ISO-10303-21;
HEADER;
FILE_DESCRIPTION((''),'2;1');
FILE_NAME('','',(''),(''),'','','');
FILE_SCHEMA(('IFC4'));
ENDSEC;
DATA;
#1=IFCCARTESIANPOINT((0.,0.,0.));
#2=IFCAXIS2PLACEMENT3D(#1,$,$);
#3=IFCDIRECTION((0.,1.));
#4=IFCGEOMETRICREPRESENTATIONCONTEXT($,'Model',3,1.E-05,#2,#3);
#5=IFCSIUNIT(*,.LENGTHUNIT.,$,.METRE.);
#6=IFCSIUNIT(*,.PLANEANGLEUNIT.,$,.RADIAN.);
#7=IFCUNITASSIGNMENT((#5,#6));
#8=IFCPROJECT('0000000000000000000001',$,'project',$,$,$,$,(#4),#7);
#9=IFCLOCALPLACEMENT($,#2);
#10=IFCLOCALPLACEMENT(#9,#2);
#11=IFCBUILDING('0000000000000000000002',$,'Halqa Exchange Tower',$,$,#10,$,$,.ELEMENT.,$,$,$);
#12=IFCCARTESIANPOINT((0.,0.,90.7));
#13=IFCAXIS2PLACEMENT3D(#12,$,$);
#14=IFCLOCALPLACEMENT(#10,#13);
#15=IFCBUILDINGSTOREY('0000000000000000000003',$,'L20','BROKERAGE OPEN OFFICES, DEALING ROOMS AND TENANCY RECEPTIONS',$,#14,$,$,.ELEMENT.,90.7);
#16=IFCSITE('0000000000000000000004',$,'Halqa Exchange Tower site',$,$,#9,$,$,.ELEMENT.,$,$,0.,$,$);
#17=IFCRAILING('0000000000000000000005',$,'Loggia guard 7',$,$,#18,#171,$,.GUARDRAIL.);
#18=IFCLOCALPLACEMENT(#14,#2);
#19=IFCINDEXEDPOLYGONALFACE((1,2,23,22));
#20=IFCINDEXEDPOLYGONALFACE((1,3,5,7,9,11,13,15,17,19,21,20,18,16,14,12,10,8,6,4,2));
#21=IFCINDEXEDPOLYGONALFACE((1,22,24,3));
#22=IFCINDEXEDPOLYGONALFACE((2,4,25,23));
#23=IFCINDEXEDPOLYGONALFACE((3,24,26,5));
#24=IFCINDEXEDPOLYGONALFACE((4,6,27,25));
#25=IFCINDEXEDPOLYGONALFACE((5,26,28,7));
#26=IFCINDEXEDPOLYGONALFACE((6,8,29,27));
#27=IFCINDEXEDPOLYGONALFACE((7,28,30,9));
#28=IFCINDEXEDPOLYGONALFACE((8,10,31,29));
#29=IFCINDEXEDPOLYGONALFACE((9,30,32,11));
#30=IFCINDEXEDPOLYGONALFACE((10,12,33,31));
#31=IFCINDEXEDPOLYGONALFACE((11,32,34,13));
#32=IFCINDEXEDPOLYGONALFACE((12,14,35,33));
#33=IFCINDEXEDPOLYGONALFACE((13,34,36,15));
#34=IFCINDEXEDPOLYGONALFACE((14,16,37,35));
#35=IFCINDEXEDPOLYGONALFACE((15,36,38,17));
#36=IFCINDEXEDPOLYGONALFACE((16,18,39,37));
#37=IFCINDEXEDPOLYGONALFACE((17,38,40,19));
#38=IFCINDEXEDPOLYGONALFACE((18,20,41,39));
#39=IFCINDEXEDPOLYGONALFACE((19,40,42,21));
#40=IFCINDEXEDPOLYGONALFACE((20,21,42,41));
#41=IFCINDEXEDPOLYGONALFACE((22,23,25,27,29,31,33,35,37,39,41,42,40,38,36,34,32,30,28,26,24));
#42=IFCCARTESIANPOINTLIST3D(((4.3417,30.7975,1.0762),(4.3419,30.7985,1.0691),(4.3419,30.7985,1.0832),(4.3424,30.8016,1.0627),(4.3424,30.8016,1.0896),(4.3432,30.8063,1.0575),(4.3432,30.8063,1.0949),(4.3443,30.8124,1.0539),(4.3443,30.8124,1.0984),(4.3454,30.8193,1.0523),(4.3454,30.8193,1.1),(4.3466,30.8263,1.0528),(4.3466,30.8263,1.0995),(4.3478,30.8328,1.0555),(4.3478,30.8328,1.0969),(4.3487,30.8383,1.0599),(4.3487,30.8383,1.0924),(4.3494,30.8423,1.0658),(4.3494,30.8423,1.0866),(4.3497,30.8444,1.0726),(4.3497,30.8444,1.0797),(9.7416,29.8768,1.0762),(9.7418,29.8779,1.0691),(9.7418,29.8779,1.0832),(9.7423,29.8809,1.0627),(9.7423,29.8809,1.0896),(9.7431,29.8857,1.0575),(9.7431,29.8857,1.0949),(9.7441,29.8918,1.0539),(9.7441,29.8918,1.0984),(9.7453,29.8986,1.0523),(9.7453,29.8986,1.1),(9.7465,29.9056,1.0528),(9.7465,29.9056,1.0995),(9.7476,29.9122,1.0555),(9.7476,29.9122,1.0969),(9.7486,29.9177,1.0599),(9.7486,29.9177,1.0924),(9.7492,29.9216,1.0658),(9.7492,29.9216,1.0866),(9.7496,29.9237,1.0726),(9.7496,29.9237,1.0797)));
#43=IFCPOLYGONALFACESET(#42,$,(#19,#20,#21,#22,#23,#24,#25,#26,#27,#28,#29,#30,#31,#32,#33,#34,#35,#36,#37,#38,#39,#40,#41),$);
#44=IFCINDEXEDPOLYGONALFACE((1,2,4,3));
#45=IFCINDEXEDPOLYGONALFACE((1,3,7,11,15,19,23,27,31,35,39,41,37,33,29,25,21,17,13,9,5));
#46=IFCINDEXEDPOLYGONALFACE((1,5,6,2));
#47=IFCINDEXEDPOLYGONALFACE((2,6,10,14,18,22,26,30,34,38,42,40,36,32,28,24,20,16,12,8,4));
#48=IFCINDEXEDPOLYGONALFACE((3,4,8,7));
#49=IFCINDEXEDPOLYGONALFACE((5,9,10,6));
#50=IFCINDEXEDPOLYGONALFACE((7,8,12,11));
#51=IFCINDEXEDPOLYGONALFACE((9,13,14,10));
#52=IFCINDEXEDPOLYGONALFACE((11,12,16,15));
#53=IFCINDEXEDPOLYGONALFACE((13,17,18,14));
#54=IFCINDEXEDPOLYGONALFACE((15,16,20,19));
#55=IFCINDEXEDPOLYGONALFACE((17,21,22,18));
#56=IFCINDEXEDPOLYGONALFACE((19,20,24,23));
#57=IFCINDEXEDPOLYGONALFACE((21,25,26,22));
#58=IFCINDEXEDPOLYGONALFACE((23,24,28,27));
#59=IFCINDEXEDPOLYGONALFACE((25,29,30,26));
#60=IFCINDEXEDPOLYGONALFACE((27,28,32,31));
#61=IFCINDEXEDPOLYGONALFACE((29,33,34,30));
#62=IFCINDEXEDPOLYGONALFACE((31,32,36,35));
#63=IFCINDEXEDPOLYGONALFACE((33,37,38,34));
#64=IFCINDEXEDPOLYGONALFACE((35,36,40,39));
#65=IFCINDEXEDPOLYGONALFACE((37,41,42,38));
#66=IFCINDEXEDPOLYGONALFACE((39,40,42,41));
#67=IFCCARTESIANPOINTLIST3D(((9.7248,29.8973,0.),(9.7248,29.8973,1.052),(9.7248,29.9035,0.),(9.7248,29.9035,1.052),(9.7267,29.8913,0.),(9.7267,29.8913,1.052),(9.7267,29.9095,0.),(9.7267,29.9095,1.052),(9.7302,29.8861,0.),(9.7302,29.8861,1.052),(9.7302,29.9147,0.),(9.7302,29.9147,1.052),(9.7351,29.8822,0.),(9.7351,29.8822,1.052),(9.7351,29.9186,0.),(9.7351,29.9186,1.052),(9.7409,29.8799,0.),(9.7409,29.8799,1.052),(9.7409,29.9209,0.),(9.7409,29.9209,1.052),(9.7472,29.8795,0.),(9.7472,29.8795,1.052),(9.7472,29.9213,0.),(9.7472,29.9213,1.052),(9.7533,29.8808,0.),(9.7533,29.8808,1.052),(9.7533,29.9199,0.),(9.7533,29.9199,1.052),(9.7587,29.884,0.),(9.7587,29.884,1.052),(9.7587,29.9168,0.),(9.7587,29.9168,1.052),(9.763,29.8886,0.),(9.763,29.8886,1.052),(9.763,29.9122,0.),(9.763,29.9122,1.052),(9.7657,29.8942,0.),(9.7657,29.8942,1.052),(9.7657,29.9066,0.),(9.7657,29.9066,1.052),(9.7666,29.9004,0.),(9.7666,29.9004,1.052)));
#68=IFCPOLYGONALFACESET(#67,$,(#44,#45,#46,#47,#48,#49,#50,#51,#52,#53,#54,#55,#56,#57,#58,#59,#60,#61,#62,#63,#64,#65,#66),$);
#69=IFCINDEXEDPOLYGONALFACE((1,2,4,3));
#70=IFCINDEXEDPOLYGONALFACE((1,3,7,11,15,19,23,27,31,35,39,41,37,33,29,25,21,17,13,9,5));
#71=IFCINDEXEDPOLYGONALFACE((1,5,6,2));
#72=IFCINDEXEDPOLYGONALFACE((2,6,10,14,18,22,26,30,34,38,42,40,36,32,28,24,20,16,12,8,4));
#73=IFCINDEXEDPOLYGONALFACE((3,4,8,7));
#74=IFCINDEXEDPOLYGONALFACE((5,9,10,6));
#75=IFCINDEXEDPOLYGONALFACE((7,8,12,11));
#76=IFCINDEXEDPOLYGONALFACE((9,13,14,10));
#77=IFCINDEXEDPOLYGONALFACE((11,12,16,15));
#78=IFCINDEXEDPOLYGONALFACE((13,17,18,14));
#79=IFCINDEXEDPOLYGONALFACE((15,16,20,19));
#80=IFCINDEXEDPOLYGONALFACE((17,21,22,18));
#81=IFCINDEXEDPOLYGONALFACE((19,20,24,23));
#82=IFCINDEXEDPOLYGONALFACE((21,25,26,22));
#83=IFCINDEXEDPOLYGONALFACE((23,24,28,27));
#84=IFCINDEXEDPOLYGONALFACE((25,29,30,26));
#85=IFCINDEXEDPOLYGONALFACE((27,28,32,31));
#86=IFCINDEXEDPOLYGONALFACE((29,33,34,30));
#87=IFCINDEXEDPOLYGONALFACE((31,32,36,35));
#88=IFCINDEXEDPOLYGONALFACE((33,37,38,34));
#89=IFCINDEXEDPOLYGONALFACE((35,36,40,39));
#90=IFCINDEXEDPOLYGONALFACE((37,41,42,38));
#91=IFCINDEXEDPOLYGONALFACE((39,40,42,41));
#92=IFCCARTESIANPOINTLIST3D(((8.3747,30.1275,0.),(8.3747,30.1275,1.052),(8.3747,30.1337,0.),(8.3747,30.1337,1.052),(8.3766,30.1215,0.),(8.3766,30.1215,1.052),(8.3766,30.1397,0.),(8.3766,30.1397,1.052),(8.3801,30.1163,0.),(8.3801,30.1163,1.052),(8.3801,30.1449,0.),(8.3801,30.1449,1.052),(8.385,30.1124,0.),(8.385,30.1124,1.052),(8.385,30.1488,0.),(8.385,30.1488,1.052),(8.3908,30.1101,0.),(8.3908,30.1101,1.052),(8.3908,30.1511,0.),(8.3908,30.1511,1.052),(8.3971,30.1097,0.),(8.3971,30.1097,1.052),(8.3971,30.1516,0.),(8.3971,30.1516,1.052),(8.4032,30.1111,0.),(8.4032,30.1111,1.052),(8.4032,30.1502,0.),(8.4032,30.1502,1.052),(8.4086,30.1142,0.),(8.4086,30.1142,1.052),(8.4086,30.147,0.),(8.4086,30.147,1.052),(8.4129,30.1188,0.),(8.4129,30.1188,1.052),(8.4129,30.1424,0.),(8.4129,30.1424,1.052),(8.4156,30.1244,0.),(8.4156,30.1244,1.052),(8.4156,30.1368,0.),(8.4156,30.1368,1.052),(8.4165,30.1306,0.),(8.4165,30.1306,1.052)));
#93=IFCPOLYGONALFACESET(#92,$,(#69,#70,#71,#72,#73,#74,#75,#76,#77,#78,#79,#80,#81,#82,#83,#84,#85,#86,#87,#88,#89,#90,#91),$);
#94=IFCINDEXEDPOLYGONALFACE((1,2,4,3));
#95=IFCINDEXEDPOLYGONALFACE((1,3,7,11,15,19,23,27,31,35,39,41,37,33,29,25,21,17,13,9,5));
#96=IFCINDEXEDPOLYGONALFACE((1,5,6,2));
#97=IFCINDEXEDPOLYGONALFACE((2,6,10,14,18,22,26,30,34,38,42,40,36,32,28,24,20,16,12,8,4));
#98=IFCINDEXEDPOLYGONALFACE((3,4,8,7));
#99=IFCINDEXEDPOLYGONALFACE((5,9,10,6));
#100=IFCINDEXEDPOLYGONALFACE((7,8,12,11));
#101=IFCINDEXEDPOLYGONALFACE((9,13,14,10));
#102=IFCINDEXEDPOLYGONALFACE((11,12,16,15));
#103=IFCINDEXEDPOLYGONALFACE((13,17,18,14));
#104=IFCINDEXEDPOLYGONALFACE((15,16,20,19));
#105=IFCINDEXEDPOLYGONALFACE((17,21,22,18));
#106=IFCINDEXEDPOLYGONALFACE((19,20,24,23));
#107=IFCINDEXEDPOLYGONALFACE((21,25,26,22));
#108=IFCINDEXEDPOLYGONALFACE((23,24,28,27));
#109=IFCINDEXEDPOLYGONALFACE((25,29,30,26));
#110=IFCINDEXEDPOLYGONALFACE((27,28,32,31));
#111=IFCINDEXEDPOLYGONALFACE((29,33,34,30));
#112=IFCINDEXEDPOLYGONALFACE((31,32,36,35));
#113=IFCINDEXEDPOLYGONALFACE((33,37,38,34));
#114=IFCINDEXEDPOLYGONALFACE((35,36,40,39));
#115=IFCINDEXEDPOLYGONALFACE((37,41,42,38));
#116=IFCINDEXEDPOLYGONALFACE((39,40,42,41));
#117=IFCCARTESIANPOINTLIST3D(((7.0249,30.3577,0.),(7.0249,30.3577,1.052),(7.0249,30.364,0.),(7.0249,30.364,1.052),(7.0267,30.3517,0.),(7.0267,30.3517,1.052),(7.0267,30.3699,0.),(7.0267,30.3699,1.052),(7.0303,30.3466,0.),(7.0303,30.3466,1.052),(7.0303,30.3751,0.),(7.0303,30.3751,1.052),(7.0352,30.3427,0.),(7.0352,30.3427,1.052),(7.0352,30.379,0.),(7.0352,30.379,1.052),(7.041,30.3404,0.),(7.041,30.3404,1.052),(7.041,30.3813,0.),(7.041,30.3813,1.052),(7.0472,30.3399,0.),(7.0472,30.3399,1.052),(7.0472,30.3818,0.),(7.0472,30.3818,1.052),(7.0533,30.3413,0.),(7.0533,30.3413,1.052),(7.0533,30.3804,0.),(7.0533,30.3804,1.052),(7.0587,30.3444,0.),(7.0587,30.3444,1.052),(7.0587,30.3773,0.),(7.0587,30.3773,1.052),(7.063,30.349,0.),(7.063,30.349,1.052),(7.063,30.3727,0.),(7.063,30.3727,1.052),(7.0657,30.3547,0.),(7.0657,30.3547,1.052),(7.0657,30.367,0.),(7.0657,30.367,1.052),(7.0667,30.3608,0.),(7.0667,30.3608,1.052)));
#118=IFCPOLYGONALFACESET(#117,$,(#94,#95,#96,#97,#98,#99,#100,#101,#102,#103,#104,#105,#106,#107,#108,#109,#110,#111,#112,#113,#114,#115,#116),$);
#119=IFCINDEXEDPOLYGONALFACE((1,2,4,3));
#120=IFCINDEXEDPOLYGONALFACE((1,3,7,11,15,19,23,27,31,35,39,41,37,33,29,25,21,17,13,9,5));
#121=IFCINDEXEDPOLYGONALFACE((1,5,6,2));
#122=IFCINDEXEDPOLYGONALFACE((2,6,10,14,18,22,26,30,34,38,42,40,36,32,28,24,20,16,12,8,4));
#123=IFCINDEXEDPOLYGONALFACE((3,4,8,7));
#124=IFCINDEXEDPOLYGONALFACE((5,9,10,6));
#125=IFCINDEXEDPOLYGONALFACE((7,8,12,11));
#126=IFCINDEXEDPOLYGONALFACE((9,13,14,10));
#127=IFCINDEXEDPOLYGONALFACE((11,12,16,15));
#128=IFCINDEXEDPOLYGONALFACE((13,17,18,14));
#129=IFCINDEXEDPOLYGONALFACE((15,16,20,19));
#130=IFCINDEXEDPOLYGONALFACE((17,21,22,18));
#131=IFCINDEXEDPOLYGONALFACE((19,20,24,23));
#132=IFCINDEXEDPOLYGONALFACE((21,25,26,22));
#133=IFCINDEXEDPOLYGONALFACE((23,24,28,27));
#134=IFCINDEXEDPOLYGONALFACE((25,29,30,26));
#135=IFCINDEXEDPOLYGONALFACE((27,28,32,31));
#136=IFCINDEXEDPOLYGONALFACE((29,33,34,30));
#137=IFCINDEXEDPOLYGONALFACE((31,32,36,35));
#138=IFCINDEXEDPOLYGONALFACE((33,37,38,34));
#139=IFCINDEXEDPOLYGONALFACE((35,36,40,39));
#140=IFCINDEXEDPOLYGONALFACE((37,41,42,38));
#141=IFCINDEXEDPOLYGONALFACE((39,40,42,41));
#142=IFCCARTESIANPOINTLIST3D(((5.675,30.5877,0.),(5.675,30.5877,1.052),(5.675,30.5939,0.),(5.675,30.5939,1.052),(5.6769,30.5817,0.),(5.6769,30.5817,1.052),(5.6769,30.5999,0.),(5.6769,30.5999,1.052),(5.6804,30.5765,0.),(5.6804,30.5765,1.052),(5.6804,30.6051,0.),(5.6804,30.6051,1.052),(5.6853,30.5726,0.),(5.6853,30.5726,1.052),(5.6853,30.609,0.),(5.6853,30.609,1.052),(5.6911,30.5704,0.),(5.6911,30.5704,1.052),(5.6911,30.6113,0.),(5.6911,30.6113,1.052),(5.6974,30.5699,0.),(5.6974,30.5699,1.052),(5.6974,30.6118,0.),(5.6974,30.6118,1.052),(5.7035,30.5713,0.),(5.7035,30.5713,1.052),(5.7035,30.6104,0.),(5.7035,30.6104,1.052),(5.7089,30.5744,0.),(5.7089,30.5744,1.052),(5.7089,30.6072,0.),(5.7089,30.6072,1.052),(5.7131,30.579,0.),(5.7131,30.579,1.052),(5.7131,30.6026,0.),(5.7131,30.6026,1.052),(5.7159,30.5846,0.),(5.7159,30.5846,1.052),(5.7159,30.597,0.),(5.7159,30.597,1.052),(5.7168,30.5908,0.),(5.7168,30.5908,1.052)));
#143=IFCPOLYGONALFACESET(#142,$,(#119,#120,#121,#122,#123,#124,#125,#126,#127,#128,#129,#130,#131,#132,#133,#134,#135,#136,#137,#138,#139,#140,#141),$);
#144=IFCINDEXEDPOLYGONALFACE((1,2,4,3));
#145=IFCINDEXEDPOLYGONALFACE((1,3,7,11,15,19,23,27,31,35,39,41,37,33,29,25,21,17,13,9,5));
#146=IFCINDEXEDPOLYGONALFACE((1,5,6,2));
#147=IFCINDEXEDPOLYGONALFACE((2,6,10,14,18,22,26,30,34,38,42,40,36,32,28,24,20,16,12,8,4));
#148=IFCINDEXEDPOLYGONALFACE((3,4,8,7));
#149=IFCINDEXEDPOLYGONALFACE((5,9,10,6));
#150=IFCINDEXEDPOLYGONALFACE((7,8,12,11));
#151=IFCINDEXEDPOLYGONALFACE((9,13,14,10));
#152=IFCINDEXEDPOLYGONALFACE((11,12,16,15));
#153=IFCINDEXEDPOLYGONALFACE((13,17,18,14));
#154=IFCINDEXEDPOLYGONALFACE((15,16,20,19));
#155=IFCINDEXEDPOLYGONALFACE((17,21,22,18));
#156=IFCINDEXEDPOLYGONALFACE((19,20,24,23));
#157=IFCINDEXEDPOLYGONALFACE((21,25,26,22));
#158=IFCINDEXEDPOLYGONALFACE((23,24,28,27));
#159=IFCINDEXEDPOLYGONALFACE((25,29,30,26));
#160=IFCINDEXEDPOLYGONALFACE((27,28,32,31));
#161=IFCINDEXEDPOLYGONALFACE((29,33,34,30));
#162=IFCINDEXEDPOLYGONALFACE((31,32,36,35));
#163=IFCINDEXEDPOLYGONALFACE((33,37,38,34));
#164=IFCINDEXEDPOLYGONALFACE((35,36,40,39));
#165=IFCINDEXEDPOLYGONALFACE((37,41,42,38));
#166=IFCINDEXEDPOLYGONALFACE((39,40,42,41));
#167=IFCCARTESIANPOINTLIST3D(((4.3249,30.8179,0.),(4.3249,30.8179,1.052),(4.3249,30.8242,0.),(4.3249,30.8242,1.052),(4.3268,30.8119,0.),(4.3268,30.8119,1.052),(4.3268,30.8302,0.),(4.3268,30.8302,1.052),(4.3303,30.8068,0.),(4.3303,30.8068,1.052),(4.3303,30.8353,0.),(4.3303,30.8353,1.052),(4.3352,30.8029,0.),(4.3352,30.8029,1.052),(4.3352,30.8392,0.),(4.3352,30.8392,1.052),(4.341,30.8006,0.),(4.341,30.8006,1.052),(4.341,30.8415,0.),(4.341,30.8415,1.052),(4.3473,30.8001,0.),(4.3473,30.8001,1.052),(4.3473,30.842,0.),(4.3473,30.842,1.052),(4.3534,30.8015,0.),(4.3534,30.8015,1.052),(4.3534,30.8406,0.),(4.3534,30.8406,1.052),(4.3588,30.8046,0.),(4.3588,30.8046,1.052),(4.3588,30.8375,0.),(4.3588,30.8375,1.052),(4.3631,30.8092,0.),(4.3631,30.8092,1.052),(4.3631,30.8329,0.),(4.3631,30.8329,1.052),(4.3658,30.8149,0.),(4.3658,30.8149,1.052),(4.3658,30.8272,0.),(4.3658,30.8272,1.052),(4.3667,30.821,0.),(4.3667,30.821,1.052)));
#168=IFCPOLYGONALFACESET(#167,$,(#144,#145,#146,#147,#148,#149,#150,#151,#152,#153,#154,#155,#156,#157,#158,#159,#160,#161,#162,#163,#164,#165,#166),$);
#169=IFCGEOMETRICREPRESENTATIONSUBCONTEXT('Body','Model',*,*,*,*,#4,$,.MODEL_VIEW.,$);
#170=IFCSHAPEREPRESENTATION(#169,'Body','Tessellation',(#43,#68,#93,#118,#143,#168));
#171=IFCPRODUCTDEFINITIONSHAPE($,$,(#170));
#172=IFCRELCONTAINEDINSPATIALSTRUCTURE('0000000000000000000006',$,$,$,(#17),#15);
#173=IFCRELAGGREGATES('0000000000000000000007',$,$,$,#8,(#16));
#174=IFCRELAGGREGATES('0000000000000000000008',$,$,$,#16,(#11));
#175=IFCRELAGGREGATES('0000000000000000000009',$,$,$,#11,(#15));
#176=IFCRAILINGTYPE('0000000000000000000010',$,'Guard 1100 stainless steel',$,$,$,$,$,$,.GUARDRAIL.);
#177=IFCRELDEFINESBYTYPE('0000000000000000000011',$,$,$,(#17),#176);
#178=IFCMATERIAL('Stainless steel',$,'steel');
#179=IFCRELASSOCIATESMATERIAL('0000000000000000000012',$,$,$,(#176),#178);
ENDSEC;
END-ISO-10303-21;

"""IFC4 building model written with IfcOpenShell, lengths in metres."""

from ifc_helpers import new_model, si_unit, direction, frame, origin, origin_2d, place, context, subcontext, project, spatial, circle, extrude, material, type_object, element, save


model = new_model("IFC4")

# Units and contexts
model_context = context("Model", 3, precision=1e-05, world=origin(), true_north=direction((0.0, 1.0)))
body_context = subcontext(model_context, "Body", "Model", "MODEL_VIEW")
ifc_project = project(units=[si_unit("LENGTHUNIT", "METRE"), si_unit("PLANEANGLEUNIT", "RADIAN")], contexts=[model_context])

# Site, building, storey
site_placement = place(None, origin())
site = spatial("IfcSite", under=ifc_project, at=site_placement, Name="Halqa Exchange Tower site", CompositionType="ELEMENT", RefElevation=0.0)
building_placement = place(site_placement, origin())
building = spatial("IfcBuilding", under=site, at=building_placement, Name="Halqa Exchange Tower", CompositionType="ELEMENT")
storey_placement = place(building_placement, frame((0.0, 0.0, 90.7)))
storey = spatial("IfcBuildingStorey", under=building, at=storey_placement, Name="L20", Description="BROKERAGE OPEN OFFICES, DEALING ROOMS AND TENANCY RECEPTIONS", CompositionType="ELEMENT", Elevation=90.7)

# Railing
ifc_material_1 = material(Name="Stainless steel", Category="steel")
railing_type_1 = type_object("IfcRailingType", Name="Guard 1100 stainless steel", PredefinedType="GUARDRAIL", material=ifc_material_1)
railing_1_placement = place(storey_placement, frame((9.7456, 29.9004, 0.0)))
element("IfcRailing", 1, at=railing_1_placement, inside=storey, type_object=railing_type_1, Name="Loggia guard 7", PredefinedType="GUARDRAIL", context=body_context, shape_type="SweptSolid", body=[
    extrude(circle(Radius=0.0239, at=origin_2d()), frame((0.0, 0.0, 1.0762), z_axis=(-0.985775, 0.168069, 0.0), x_axis=(-0.168069, -0.985775, 0.0)), (0.0, 0.0, 1.0), 5.4778),
    extrude(circle(Radius=0.021, at=origin_2d()), origin(), (0.0, 0.0, 1.0), 1.052),
    extrude(circle(Radius=0.021, at=origin_2d()), frame((-1.3501, 0.2302, 0.0)), (0.0, 0.0, 1.0), 1.052),
    extrude(circle(Radius=0.021, at=origin_2d()), frame((-2.7, 0.4604, 0.0)), (0.0, 0.0, 1.0), 1.052),
    extrude(circle(Radius=0.021, at=origin_2d()), frame((-4.0498, 0.6904, 0.0)), (0.0, 0.0, 1.0), 1.052),
    extrude(circle(Radius=0.021, at=origin_2d()), frame((-5.3999, 0.9207, 0.0)), (0.0, 0.0, 1.0), 1.052),
])

save(model, "model.ifc")
